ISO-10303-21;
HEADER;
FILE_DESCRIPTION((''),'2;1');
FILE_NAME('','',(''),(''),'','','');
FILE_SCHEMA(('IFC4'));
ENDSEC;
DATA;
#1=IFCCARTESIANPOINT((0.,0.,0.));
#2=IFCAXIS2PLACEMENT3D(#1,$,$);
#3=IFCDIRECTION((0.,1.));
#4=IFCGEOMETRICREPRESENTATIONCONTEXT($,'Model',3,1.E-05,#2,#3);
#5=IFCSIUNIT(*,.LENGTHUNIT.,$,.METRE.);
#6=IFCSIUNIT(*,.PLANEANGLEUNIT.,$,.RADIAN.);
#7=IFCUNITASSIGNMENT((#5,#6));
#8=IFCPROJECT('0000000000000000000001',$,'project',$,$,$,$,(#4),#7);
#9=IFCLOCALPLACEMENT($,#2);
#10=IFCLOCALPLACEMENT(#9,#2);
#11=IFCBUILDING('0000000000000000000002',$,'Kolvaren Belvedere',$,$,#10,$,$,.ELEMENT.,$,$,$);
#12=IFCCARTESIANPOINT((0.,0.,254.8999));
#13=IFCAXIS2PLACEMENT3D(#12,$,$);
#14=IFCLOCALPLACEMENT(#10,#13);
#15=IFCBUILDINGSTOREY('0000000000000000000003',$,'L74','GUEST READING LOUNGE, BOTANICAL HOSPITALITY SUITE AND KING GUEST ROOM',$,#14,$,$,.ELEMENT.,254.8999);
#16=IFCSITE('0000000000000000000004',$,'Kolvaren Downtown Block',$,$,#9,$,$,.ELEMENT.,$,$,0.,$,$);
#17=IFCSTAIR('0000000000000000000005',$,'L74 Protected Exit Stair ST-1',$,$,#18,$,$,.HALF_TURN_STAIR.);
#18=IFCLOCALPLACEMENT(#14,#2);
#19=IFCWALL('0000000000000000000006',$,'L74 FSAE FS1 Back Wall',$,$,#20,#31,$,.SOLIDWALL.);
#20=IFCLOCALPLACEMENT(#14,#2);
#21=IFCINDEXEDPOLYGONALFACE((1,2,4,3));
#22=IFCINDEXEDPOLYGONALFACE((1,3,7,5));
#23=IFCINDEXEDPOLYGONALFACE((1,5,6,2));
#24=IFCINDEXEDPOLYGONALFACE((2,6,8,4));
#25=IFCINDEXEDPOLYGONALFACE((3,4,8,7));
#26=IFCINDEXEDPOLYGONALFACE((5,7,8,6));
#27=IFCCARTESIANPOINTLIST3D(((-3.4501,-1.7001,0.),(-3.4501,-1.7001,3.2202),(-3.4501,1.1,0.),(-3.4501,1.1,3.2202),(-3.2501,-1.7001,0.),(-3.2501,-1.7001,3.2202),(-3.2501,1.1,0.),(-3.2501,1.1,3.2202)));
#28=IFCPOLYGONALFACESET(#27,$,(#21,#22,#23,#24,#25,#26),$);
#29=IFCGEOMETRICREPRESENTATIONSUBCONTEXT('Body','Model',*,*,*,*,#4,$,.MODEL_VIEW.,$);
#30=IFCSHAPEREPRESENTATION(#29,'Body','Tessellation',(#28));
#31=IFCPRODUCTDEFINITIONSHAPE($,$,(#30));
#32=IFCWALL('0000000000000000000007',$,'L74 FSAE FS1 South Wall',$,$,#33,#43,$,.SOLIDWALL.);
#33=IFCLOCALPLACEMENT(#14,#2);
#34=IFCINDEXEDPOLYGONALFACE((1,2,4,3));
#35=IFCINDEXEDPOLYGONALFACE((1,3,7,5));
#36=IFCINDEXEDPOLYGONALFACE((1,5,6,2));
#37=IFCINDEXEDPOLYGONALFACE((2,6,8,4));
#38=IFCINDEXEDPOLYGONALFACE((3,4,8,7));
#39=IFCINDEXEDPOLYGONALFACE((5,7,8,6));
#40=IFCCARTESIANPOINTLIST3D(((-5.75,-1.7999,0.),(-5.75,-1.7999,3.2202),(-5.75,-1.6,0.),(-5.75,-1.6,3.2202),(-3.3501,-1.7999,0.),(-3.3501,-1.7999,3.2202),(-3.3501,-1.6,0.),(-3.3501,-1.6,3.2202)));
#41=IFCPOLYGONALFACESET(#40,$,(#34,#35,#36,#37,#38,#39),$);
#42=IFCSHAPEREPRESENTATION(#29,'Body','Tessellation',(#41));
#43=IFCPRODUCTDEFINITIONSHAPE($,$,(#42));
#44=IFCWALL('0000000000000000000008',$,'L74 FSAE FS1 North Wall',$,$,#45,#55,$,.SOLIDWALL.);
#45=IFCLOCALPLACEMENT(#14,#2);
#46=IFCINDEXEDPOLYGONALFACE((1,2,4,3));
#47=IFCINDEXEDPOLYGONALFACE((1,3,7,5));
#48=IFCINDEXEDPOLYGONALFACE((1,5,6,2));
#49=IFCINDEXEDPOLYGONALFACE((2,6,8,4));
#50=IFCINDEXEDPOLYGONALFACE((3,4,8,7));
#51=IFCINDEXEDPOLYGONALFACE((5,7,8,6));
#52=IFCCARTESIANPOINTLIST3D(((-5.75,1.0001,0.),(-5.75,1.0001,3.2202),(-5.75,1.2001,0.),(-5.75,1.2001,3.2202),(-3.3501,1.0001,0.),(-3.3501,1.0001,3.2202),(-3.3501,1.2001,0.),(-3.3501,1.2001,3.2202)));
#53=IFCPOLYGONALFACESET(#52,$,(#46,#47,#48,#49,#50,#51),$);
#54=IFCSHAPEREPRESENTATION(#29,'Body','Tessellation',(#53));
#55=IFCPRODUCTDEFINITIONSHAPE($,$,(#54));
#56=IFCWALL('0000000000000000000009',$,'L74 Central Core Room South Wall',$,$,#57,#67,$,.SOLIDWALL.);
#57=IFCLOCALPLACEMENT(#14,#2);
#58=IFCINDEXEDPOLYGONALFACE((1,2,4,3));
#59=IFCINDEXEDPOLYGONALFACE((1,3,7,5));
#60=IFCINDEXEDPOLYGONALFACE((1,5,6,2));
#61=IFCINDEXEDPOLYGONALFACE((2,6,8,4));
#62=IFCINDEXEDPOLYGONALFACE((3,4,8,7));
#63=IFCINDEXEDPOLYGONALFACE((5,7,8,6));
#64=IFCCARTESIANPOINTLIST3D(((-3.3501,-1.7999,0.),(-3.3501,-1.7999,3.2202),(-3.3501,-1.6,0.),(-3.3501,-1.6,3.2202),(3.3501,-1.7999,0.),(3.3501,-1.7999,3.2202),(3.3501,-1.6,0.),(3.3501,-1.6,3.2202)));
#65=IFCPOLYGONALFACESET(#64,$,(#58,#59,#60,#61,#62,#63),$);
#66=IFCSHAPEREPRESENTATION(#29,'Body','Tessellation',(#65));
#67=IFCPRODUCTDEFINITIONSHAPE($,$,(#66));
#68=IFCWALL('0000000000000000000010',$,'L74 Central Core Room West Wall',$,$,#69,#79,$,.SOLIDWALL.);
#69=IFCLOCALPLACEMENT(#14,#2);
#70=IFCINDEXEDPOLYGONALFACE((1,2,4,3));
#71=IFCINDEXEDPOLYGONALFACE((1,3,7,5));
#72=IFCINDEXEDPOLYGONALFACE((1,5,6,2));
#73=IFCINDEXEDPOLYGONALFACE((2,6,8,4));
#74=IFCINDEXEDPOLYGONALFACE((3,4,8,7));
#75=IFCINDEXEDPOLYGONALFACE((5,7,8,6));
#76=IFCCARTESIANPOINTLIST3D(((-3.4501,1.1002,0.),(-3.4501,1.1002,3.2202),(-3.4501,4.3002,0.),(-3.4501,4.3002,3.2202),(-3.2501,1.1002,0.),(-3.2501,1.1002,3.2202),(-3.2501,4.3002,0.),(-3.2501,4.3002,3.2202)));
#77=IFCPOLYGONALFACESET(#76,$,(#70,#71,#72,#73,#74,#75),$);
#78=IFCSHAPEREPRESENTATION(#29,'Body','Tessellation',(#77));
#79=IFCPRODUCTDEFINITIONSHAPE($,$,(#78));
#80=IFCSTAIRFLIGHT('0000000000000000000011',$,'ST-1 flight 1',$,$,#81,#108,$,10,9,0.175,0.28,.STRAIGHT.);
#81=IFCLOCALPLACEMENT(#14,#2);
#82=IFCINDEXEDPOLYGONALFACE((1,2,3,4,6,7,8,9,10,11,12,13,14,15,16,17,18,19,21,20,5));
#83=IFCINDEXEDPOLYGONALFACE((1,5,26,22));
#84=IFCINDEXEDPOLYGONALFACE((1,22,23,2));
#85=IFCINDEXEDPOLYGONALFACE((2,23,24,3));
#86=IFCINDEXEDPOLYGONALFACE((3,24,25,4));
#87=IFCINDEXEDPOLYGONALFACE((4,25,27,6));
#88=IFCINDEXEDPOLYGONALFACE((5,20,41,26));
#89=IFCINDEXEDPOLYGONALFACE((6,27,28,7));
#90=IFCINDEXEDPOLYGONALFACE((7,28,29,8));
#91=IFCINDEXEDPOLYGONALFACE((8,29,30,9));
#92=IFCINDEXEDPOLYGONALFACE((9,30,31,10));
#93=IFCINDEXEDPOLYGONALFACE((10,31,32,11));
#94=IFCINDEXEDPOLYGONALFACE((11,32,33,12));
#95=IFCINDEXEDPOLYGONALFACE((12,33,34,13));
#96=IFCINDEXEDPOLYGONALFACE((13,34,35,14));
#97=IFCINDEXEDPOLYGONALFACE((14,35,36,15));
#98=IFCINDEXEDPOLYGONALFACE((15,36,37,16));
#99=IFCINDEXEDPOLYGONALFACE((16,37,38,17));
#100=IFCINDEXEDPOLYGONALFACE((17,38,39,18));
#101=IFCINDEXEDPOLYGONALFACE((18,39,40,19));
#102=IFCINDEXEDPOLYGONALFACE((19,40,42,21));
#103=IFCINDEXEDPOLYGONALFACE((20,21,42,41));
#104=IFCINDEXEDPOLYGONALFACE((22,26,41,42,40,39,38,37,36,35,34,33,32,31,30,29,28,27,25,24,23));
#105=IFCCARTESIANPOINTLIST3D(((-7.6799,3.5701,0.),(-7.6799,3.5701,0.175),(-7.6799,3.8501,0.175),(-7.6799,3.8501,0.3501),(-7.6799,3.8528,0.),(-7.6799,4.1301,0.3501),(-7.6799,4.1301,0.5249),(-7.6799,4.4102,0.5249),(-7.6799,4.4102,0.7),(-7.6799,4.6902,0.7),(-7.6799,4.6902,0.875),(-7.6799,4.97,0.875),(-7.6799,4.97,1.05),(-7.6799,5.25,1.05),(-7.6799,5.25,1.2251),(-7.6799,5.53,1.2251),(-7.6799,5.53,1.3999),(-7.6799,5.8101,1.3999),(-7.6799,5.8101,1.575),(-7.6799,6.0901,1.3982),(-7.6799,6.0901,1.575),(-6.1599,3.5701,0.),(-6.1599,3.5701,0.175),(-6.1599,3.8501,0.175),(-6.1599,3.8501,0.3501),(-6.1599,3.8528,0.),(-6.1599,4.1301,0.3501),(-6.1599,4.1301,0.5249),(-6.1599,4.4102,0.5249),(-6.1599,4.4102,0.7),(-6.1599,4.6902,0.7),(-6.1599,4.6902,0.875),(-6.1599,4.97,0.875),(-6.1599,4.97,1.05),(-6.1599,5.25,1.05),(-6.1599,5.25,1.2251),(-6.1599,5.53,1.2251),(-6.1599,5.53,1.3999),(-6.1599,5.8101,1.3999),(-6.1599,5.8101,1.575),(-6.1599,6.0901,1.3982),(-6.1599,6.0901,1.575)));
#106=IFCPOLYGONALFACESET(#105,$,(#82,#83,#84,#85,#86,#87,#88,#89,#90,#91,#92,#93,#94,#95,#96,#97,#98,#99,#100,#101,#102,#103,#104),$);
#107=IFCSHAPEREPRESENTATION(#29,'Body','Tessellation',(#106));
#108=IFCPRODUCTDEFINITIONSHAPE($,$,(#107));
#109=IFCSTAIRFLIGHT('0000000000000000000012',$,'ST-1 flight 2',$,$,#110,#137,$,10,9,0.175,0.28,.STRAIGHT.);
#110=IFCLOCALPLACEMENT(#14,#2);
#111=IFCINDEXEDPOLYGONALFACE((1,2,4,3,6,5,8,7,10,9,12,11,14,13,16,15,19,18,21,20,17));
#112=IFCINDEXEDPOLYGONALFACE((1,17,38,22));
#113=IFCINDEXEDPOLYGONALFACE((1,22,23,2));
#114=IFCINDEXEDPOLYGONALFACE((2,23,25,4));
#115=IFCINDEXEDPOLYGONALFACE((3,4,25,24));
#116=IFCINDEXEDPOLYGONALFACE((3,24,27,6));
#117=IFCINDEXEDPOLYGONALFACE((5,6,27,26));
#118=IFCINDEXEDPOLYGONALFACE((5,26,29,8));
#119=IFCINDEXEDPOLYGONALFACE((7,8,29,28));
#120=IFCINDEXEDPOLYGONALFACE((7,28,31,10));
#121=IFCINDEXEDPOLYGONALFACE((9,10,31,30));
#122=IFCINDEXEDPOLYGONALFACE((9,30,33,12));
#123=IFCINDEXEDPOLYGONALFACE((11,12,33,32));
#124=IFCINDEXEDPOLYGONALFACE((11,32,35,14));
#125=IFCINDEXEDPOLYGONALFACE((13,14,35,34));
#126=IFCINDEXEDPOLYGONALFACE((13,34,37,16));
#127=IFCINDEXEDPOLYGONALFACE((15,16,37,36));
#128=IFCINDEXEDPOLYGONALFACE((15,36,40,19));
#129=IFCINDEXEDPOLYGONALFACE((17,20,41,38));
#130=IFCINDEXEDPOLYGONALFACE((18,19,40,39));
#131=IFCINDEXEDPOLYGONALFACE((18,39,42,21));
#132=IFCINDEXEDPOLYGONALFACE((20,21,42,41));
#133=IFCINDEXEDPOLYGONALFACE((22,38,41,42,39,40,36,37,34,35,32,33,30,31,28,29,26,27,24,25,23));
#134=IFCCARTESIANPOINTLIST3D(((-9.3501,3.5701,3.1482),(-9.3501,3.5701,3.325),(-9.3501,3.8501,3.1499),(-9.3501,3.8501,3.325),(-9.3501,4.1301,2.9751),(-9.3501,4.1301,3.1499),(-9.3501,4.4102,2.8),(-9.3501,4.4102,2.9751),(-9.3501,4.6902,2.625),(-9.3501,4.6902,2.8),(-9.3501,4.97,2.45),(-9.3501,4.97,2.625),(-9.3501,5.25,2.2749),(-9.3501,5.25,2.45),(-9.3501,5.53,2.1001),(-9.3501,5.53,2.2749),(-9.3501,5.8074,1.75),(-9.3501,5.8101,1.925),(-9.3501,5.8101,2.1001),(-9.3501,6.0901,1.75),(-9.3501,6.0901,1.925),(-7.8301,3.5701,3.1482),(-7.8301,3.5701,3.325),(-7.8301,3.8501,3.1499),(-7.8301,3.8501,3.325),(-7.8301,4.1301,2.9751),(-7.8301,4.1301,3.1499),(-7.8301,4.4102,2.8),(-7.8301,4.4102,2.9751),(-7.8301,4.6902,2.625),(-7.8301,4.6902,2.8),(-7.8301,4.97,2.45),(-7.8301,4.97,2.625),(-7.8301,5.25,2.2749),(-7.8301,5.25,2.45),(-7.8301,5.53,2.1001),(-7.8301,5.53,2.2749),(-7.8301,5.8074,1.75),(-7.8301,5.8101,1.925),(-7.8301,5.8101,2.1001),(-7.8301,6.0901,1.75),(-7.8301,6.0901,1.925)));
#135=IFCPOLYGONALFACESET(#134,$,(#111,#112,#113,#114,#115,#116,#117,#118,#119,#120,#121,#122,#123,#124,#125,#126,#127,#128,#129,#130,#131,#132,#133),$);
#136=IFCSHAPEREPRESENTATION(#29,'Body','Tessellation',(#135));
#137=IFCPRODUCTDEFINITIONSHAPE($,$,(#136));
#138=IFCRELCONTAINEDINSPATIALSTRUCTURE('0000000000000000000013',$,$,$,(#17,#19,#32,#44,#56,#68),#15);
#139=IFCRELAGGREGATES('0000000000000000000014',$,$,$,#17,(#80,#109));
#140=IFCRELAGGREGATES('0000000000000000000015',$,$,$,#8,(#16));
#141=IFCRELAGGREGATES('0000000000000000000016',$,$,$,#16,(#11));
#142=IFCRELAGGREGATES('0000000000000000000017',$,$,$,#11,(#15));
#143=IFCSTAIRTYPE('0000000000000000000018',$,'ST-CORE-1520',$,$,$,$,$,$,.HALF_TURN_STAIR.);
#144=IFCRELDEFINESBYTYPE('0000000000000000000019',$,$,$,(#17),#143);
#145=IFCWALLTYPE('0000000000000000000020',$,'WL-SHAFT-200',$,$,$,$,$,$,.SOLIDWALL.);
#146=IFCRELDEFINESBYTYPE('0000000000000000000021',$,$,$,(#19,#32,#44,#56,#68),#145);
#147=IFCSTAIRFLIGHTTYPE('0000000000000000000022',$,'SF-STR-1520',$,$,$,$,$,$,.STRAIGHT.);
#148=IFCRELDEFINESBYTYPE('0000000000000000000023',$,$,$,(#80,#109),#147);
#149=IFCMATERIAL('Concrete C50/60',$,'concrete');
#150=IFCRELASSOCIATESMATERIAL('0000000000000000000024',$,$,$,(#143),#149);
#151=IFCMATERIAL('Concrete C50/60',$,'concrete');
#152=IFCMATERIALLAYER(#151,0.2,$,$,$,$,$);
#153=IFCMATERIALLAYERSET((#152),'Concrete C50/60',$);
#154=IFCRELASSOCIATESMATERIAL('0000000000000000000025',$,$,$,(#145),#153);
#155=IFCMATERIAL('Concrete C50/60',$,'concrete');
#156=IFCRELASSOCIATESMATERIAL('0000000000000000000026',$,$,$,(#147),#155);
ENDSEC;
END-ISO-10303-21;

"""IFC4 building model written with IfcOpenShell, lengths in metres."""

from ifc_helpers import new_model, si_unit, direction, frame, frame_2d, origin, place, context, subcontext, project, spatial, polyline, rectangle, outline, extrude, material, layer, layer_set, type_object, element, aggregate, save


model = new_model("IFC4")

# Units and contexts
model_context = context("Model", 3, precision=1e-05, world=origin(), true_north=direction((0.0, 1.0)))
body_context = subcontext(model_context, "Body", "Model", "MODEL_VIEW")
ifc_project = project(units=[si_unit("LENGTHUNIT", "METRE"), si_unit("PLANEANGLEUNIT", "RADIAN")], contexts=[model_context])

# Site, building, storey
site_placement = place(None, origin())
site = spatial("IfcSite", under=ifc_project, at=site_placement, Name="Kolvaren Downtown Block", CompositionType="ELEMENT", RefElevation=0.0)
building_placement = place(site_placement, origin())
building = spatial("IfcBuilding", under=site, at=building_placement, Name="Kolvaren Belvedere", CompositionType="ELEMENT")
storey_placement = place(building_placement, frame((0.0, 0.0, 254.8999)))
storey = spatial("IfcBuildingStorey", under=building, at=storey_placement, Name="L74", Description="GUEST READING LOUNGE, BOTANICAL HOSPITALITY SUITE AND KING GUEST ROOM", CompositionType="ELEMENT", Elevation=254.8999)

# Stair
ifc_material_1 = material(Name="Concrete C50/60", Category="concrete")
stair_type = type_object("IfcStairType", Name="ST-CORE-1520", PredefinedType="HALF_TURN_STAIR", material=ifc_material_1)
stair_1_placement = place(storey_placement, origin())
stair_1 = element("IfcStair", 1, at=stair_1_placement, inside=storey, type_object=stair_type, Name="L74 Protected Exit Stair ST-1", PredefinedType="HALF_TURN_STAIR")

# Walls
ifc_material_2 = material(Name="Concrete C50/60", Category="concrete")
ifc_layer_1 = layer(ifc_material_2, 0.2)
ifc_layer_set_1 = layer_set([ifc_layer_1], Name="Concrete C50/60")
wall_type_1 = type_object("IfcWallType", Name="WL-SHAFT-200", PredefinedType="SOLIDWALL", material=ifc_layer_set_1)
wall_1_placement = place(storey_placement, frame((-3.3501, -1.7, 0.0), z_axis=(0.0, 0.0, 1.0), x_axis=(0.0, 1.0, 0.0)))
element("IfcWall", 2, at=wall_1_placement, inside=storey, type_object=wall_type_1, Name="L74 FSAE FS1 Back Wall", PredefinedType="SOLIDWALL", context=body_context, shape_type="SweptSolid", body=[
    extrude(rectangle(XDim=2.8, YDim=0.2, at=frame_2d((1.3999, 0.0))), origin(), (0.0, 0.0, 1.0), 3.2202),
])
for number, where, z_axis, x_axis, name in (
    (3, (-5.75, -1.7, 0.0), (0.0, 0.0, 1.0), (1.0, 0.0, 0.0), "L74 FSAE FS1 South Wall"),
    (4, (-5.75, 1.1001, 0.0), (0.0, 0.0, 1.0), (1.0, 0.0, 0.0), "L74 FSAE FS1 North Wall"),
):
    element("IfcWall", number, at=place(storey_placement, frame(where, z_axis=z_axis, x_axis=x_axis)), inside=storey, type_object=wall_type_1, Name=name, PredefinedType="SOLIDWALL", context=body_context, shape_type="SweptSolid", body=[
        extrude(rectangle(XDim=2.3999, YDim=0.2, at=frame_2d((1.2, 0.0))), origin(), (0.0, 0.0, 1.0), 3.2202),
    ])
wall_2_placement = place(storey_placement, frame((-3.3501, -1.7, 0.0), z_axis=(0.0, 0.0, 1.0), x_axis=(1.0, 0.0, 0.0)))
element("IfcWall", 5, at=wall_2_placement, inside=storey, type_object=wall_type_1, Name="L74 Central Core Room South Wall", PredefinedType="SOLIDWALL", context=body_context, shape_type="SweptSolid", body=[
    extrude(rectangle(XDim=6.7002, YDim=0.2, at=frame_2d((3.3501, 0.0))), origin(), (0.0, 0.0, 1.0), 3.2202),
])
wall_3_placement = place(storey_placement, frame((-3.3501, 1.1001, 0.0), z_axis=(0.0, 0.0, 1.0), x_axis=(0.0, 1.0, 0.0)))
element("IfcWall", 6, at=wall_3_placement, inside=storey, type_object=wall_type_1, Name="L74 Central Core Room West Wall", PredefinedType="SOLIDWALL", context=body_context, shape_type="SweptSolid", body=[
    extrude(rectangle(XDim=3.2, YDim=0.2, at=frame_2d((1.6001, 0.0))), origin(), (0.0, 0.0, 1.0), 3.2202),
])

# Stair flights
ifc_material_3 = material(Name="Concrete C50/60", Category="concrete")
stair_flight_type = type_object("IfcStairFlightType", Name="SF-STR-1520", PredefinedType="STRAIGHT", material=ifc_material_3)
stair_flight_1_placement = place(storey_placement, frame((-6.9199, 3.5701, 0.0), z_axis=(0.0, 0.0, 1.0), x_axis=(0.0, 1.0, 0.0)))
stair_flight_1 = element("IfcStairFlight", 7, at=stair_flight_1_placement, type_object=stair_flight_type, Name="ST-1 flight 1", NumberOfRisers=10, NumberOfTreads=9, PredefinedType="STRAIGHT", RiserHeight=0.175, TreadLength=0.28, context=body_context, shape_type="SweptSolid", body=[
    extrude(outline(polyline([(0.0, 0.0), (0.0, 0.175), (0.28, 0.175), (0.28, 0.3501), (0.5601, 0.3501), (0.5601, 0.5249), (0.8401, 0.5249), (0.8401, 0.7), (1.1201, 0.7), (1.1201, 0.875), (1.3999, 0.875), (1.3999, 1.05), (1.6799, 1.05), (1.6799, 1.2251), (1.96, 1.2251), (1.96, 1.3999), (2.24, 1.3999), (2.24, 1.575), (2.52, 1.575), (2.52, 1.75), (2.52, 1.3982), (0.2827, 0.0), (0.0, 0.0)])), frame((0.0, 0.76, 0.0), z_axis=(0.0, -1.0, 0.0), x_axis=(1.0, 0.0, 0.0)), (0.0, 0.0, 1.0), 1.52),
])
stair_flight_2_placement = place(storey_placement, frame((-8.5901, 6.0901, 1.75), z_axis=(0.0, 0.0, 1.0), x_axis=(0.0, -1.0, 0.0)))
stair_flight_2 = element("IfcStairFlight", 8, at=stair_flight_2_placement, type_object=stair_flight_type, Name="ST-1 flight 2", NumberOfRisers=10, NumberOfTreads=9, PredefinedType="STRAIGHT", RiserHeight=0.175, TreadLength=0.28, context=body_context, shape_type="SweptSolid", body=[
    extrude(outline(polyline([(0.0, 0.0), (0.0, 0.175), (0.28, 0.175), (0.28, 0.3501), (0.5601, 0.3501), (0.5601, 0.5249), (0.8401, 0.5249), (0.8401, 0.7), (1.1201, 0.7), (1.1201, 0.875), (1.3999, 0.875), (1.3999, 1.05), (1.6799, 1.05), (1.6799, 1.2251), (1.96, 1.2251), (1.96, 1.3999), (2.24, 1.3999), (2.24, 1.575), (2.52, 1.575), (2.52, 1.75), (2.52, 1.3982), (0.2827, 0.0), (0.0, 0.0)])), frame((0.0, 0.76, 0.0), z_axis=(0.0, -1.0, 0.0), x_axis=(1.0, 0.0, 0.0)), (0.0, 0.0, 1.0), 1.52),
])
aggregate(stair_1, [stair_flight_1, stair_flight_2])

save(model, "model.ifc")
